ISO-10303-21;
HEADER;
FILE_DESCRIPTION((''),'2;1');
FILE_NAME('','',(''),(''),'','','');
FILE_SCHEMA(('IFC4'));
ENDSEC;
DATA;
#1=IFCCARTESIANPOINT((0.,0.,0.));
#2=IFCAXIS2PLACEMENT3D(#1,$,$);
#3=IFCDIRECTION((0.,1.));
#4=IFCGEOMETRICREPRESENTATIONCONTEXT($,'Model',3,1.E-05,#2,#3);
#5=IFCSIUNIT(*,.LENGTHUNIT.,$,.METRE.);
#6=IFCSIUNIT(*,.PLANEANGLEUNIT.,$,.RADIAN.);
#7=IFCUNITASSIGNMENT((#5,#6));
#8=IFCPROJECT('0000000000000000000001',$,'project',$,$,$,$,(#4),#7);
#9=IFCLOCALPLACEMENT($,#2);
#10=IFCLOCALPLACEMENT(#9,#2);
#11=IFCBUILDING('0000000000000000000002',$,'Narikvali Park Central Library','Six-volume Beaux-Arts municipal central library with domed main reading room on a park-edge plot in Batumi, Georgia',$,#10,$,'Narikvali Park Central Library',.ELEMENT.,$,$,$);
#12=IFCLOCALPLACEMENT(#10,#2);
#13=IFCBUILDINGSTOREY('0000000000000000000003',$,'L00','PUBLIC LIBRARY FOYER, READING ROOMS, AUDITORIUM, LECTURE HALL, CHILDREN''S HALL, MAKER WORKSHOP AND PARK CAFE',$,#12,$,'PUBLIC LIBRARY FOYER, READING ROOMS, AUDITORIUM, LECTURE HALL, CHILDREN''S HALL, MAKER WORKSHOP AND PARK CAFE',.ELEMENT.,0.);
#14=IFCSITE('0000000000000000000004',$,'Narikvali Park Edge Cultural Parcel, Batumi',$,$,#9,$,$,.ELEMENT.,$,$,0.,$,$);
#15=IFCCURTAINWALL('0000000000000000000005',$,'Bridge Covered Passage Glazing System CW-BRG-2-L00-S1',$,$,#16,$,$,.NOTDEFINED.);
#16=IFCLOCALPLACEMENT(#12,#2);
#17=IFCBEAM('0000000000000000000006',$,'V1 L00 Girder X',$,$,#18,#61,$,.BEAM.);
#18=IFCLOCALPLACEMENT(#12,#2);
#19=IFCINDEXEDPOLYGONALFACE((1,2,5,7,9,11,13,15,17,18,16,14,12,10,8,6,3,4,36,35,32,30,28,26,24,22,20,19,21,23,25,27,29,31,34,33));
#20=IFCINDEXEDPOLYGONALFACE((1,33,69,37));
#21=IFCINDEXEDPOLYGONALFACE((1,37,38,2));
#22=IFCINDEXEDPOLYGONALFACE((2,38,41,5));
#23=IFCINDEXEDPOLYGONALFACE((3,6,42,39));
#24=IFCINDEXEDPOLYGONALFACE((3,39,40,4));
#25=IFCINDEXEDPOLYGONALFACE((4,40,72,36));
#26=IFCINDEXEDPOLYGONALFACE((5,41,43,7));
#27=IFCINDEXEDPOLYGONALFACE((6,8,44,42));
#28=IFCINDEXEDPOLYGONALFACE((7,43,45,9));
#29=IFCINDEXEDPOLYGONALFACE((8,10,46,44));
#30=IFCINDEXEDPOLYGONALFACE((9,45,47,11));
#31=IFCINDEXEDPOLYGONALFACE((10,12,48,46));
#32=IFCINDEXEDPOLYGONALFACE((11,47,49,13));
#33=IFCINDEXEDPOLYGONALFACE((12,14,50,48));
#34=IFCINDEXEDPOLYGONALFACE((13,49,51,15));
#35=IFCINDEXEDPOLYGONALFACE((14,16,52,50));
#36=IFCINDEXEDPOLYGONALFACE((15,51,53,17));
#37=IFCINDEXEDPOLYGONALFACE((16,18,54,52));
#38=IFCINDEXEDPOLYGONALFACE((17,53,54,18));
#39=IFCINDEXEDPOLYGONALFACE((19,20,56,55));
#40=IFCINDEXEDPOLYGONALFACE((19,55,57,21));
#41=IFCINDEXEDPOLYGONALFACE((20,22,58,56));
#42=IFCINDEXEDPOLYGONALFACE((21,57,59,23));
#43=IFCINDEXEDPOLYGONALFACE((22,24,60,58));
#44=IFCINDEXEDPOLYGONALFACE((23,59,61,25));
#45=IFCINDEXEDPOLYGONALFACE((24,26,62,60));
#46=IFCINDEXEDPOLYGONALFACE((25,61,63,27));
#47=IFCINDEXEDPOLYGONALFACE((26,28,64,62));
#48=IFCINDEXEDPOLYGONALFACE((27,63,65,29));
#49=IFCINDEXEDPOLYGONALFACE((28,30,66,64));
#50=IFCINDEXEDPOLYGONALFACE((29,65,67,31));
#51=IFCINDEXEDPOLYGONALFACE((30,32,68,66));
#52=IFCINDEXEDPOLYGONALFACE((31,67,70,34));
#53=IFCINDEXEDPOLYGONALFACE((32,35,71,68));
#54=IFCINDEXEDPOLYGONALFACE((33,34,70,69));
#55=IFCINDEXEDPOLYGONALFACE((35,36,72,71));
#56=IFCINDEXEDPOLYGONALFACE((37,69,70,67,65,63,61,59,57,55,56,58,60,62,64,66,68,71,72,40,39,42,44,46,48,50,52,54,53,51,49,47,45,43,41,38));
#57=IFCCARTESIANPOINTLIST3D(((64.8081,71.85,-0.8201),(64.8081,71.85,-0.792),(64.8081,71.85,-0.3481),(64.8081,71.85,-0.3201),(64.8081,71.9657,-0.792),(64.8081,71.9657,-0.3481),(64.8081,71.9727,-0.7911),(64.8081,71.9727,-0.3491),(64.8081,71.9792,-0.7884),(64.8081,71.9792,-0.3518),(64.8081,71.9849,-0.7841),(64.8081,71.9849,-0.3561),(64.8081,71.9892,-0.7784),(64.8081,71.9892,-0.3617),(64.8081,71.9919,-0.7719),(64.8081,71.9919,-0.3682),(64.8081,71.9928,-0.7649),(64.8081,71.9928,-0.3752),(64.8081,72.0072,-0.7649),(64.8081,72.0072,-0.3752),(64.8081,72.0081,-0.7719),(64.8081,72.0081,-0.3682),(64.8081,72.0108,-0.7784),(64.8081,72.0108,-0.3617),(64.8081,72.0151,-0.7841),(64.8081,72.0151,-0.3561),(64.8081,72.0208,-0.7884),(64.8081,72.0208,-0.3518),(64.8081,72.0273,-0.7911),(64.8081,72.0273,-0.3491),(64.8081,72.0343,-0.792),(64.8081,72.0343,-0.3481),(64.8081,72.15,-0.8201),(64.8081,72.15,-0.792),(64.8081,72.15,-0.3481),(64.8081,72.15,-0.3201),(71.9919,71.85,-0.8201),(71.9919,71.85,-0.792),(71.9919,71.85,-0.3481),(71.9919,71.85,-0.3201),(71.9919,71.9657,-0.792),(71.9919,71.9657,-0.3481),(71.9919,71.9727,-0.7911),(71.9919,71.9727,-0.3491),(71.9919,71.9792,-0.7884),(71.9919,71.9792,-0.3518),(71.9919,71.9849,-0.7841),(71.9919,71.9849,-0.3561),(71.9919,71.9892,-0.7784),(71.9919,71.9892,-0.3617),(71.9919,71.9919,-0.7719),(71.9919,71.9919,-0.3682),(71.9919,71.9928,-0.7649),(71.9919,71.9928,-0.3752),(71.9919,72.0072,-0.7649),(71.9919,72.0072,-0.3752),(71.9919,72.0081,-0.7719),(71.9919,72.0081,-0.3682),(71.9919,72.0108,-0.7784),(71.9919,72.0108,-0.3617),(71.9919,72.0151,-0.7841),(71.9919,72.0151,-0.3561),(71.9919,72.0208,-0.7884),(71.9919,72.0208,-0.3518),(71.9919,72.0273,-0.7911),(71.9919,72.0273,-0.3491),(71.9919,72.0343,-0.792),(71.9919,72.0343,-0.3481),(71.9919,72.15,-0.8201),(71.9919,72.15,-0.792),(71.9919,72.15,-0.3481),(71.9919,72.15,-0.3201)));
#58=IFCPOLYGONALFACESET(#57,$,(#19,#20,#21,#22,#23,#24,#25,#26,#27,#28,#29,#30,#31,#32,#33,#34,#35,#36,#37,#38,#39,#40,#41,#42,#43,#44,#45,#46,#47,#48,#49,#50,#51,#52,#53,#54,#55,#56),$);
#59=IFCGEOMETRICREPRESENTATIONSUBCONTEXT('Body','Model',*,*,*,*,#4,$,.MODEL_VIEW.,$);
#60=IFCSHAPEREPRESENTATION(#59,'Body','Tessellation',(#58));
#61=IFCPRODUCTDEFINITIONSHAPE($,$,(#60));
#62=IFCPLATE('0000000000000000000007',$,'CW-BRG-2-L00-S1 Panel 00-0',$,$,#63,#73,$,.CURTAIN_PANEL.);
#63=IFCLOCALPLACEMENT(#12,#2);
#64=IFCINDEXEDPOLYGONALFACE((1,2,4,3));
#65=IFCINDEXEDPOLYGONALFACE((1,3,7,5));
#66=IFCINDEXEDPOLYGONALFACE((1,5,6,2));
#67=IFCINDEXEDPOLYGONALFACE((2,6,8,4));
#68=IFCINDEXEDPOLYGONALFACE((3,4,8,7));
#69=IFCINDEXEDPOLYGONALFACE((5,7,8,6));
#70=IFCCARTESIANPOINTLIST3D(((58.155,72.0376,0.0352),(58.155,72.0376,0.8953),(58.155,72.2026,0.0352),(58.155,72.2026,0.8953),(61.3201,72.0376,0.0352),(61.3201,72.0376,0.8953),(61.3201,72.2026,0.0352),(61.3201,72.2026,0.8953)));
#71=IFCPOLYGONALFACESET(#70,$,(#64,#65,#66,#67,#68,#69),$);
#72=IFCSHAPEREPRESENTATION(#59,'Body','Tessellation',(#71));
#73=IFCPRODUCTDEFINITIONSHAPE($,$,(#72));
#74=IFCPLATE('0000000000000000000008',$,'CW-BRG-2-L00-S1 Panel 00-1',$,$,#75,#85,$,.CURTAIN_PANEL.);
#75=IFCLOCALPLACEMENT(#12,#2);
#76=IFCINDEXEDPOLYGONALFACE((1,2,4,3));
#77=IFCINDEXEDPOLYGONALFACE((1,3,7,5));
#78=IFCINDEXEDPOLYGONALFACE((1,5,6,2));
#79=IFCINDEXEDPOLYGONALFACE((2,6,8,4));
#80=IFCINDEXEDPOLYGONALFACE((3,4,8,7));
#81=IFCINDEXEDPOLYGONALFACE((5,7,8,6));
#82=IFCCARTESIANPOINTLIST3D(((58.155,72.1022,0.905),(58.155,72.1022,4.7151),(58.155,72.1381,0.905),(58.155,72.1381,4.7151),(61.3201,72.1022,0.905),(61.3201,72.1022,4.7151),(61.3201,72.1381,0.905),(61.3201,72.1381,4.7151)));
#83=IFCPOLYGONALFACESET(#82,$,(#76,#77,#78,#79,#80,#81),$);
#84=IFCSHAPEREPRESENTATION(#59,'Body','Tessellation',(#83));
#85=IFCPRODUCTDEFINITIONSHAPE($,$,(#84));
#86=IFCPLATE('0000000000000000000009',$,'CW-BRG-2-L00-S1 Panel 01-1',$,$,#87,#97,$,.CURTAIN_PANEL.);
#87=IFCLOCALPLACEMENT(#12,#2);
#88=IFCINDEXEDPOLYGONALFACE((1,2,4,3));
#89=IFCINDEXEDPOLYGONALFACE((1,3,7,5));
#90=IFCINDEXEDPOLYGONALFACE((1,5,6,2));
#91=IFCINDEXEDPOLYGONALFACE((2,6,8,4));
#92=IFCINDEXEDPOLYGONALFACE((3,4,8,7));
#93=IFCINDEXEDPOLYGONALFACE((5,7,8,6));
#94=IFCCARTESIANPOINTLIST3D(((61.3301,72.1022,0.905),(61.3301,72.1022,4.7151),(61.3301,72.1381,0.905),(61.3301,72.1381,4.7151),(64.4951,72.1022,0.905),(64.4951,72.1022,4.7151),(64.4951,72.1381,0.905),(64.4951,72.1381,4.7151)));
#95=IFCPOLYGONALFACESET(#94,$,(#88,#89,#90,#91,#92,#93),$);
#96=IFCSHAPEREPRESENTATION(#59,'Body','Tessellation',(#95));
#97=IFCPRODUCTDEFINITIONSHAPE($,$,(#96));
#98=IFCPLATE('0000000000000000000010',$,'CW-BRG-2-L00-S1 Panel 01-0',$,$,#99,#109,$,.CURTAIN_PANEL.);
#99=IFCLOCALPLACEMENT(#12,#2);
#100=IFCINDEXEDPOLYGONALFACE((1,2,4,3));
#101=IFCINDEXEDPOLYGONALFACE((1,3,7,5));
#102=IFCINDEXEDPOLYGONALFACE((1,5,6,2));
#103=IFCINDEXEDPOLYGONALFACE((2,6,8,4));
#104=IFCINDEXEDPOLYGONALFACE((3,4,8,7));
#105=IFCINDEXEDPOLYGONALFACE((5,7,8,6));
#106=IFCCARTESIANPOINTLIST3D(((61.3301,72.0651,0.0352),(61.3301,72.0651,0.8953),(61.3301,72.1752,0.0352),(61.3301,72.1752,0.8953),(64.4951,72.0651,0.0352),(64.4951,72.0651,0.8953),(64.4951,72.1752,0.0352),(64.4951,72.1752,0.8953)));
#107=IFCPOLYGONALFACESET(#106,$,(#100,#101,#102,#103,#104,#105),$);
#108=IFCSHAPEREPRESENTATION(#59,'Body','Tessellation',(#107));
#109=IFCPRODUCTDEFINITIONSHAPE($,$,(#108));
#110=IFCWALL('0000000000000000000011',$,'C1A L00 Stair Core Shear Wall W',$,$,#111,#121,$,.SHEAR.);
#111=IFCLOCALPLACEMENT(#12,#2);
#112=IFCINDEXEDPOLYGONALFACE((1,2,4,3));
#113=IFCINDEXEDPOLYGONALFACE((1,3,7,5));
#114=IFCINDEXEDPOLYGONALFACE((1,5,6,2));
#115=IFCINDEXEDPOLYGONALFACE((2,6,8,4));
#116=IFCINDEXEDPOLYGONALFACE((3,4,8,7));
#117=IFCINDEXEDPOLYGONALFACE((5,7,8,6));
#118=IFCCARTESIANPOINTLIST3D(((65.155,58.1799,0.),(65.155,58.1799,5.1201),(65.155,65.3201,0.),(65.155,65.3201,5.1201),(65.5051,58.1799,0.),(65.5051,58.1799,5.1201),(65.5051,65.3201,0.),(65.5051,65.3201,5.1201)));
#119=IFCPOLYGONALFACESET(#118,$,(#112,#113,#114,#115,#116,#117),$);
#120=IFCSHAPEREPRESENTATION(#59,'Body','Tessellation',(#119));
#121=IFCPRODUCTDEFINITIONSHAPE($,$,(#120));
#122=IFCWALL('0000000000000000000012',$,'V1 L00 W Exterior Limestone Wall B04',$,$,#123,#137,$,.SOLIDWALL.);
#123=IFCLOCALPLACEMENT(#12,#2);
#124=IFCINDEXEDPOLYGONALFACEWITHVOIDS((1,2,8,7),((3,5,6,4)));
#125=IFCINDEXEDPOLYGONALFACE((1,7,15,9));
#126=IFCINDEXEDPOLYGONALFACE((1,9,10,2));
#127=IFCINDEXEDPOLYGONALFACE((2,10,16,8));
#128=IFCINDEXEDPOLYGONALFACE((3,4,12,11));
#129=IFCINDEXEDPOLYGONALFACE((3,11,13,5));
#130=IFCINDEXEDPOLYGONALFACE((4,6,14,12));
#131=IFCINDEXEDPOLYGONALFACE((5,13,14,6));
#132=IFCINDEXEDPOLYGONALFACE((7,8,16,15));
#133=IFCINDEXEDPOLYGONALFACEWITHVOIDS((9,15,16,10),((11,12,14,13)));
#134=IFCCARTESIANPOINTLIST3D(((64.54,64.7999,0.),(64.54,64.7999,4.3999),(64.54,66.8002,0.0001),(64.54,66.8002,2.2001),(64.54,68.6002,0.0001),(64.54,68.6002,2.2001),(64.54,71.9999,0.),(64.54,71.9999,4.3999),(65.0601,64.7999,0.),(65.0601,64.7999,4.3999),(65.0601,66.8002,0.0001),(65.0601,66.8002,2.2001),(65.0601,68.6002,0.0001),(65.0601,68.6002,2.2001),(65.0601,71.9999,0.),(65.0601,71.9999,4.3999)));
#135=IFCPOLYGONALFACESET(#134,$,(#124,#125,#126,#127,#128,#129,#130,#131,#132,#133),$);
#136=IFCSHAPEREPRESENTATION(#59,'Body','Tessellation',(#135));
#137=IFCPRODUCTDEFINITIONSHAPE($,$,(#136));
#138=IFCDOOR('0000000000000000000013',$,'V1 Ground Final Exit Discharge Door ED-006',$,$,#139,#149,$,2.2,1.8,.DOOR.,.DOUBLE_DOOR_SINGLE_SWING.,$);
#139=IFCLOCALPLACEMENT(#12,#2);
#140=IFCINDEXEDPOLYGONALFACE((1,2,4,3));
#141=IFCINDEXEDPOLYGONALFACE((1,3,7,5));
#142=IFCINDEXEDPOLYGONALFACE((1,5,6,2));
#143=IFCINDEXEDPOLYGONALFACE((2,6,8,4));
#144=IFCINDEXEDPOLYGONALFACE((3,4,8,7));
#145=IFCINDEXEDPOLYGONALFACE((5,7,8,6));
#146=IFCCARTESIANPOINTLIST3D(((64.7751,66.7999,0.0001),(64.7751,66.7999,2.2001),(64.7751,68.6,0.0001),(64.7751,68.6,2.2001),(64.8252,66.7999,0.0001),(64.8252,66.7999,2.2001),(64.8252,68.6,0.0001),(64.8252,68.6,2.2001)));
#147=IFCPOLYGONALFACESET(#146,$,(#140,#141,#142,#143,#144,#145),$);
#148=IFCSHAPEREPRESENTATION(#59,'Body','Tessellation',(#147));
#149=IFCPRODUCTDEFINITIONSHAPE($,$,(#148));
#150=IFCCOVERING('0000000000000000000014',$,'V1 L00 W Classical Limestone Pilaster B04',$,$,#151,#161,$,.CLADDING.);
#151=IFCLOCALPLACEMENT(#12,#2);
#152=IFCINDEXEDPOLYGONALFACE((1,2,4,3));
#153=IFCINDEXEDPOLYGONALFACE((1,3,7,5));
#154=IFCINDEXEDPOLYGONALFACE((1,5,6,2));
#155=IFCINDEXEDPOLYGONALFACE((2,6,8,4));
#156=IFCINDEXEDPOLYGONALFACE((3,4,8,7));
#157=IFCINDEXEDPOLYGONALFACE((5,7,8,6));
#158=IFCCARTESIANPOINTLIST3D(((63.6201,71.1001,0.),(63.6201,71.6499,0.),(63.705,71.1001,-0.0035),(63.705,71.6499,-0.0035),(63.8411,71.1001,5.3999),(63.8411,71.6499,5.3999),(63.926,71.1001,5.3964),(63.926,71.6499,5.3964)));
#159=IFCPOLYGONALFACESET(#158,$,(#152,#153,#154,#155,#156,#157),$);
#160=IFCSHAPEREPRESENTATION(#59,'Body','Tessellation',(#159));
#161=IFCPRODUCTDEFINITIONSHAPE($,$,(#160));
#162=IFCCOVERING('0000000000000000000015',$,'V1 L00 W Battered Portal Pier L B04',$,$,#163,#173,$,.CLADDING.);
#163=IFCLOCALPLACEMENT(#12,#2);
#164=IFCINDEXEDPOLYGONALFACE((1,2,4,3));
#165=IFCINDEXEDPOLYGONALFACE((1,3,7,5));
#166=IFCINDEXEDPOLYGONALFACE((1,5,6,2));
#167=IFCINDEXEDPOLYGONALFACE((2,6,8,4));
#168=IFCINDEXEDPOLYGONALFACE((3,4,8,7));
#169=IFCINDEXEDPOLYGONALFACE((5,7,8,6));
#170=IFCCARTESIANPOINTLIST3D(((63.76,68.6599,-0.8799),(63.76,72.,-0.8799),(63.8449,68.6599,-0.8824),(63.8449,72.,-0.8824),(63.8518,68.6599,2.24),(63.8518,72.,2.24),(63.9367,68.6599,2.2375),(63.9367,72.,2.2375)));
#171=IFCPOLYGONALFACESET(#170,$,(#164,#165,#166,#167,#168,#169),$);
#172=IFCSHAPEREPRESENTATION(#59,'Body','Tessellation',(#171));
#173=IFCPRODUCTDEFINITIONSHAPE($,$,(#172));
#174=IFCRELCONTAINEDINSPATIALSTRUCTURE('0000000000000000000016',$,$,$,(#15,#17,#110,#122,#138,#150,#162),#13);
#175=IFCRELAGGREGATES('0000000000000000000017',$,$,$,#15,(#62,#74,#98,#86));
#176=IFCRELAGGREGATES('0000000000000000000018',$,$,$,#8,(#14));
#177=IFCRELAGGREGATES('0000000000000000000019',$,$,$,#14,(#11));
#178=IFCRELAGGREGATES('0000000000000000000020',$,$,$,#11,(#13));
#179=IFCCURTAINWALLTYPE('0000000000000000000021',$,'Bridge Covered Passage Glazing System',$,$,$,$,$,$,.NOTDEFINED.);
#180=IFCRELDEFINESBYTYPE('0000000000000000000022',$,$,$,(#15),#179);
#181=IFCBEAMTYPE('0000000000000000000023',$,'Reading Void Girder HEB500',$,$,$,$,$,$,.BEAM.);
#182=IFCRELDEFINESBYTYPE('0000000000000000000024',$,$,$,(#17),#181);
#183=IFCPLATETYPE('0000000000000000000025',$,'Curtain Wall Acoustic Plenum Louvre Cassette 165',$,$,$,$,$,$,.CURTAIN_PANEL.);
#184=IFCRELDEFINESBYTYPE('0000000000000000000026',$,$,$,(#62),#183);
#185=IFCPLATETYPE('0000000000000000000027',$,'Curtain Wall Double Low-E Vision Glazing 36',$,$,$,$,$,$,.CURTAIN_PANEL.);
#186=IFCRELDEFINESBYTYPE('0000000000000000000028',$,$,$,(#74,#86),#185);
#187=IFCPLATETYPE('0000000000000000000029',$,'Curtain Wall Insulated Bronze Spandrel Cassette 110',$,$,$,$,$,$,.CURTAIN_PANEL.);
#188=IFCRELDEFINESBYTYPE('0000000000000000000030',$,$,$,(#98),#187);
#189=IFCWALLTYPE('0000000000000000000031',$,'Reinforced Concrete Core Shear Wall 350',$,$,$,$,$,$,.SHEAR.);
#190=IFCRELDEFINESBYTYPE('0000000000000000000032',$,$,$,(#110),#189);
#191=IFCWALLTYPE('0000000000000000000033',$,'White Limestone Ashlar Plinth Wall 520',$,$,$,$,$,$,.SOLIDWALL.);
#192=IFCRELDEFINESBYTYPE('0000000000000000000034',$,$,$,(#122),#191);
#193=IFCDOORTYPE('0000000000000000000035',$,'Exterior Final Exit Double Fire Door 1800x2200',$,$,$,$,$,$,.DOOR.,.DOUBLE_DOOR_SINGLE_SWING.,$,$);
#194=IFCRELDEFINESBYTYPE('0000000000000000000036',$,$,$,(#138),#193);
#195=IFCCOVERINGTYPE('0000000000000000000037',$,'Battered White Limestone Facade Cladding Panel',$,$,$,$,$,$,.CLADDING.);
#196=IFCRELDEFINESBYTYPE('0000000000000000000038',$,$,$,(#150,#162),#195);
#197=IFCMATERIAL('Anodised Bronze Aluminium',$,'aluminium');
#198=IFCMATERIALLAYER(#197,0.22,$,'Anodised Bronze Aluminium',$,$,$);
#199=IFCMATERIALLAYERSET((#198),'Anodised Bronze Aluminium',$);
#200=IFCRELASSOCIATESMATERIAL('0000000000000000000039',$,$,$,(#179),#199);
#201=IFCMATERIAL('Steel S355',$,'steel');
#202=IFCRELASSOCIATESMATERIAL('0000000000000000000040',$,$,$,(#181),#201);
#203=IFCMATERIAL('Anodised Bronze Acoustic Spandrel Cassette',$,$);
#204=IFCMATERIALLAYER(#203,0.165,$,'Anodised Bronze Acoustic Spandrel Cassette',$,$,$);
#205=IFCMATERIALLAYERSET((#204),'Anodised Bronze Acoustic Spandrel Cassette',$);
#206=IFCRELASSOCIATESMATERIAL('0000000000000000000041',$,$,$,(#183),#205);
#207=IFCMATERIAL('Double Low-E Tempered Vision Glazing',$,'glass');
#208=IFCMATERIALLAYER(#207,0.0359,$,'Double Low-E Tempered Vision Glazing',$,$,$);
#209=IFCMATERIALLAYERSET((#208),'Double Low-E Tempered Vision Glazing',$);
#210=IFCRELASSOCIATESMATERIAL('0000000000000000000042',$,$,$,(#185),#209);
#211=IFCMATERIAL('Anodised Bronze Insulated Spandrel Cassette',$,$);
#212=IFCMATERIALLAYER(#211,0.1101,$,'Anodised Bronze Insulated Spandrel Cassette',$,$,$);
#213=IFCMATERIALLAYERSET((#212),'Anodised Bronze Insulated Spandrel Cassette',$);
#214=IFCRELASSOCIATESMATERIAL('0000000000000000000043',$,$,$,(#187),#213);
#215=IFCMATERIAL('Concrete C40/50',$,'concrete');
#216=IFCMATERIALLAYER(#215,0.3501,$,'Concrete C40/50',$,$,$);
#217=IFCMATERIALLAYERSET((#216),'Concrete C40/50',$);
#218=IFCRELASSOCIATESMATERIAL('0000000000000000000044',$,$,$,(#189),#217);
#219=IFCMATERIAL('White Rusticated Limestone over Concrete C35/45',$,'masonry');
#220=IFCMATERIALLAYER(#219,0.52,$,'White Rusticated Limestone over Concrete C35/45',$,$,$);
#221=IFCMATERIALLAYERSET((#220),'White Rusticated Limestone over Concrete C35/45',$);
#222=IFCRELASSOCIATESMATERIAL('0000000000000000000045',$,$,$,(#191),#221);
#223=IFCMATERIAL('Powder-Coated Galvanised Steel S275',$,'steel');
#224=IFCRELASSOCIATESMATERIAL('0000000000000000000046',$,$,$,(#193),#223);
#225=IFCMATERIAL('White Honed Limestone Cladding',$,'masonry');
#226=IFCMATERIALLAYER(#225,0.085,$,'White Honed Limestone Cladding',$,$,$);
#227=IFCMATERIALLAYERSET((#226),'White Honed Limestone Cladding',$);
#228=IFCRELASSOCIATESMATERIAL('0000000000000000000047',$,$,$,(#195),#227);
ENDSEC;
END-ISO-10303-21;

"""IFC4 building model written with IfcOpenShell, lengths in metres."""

from ifc_helpers import new_model, si_unit, direction, frame, frame_2d, origin, origin_2d, place, context, subcontext, project, spatial, polyline, rectangle, i_section, outline, extrude, material, layer, layer_set, material_profile, profile_set, type_object, element, fill, aggregate, save


model = new_model("IFC4")

# Units and contexts
model_context = context("Model", 3, precision=1e-05, world=origin(), true_north=direction((0.0, 1.0)))
body_context = subcontext(model_context, "Body", "Model", "MODEL_VIEW")
ifc_project = project(units=[si_unit("LENGTHUNIT", "METRE"), si_unit("PLANEANGLEUNIT", "RADIAN")], contexts=[model_context])

# Site, building, storey
site_placement = place(None, origin())
site = spatial("IfcSite", under=ifc_project, at=site_placement, Name="Narikvali Park Edge Cultural Parcel, Batumi", CompositionType="ELEMENT", RefElevation=0.0)
building_placement = place(site_placement, origin())
building = spatial("IfcBuilding", under=site, at=building_placement, Name="Narikvali Park Central Library", Description="Six-volume Beaux-Arts municipal central library with domed main reading room on a park-edge plot in Batumi, Georgia", LongName="Narikvali Park Central Library", CompositionType="ELEMENT")
storey_placement = place(building_placement, origin())
storey = spatial("IfcBuildingStorey", under=building, at=storey_placement, Name="L00", Description="PUBLIC LIBRARY FOYER, READING ROOMS, AUDITORIUM, LECTURE HALL, CHILDREN'S HALL, MAKER WORKSHOP AND PARK CAFE", LongName="PUBLIC LIBRARY FOYER, READING ROOMS, AUDITORIUM, LECTURE HALL, CHILDREN'S HALL, MAKER WORKSHOP AND PARK CAFE", CompositionType="ELEMENT", Elevation=0.0)

# Shared definitions
ifc_material_1 = material(Name="Steel S355", Category="steel")

# Curtain wall
ifc_material_2 = material(Name="Anodised Bronze Aluminium", Category="aluminium")
ifc_layer_1 = layer(ifc_material_2, 0.22, Name="Anodised Bronze Aluminium")
ifc_layer_set_1 = layer_set([ifc_layer_1], Name="Anodised Bronze Aluminium")
curtain_wall_type = type_object("IfcCurtainWallType", Name="Bridge Covered Passage Glazing System", PredefinedType="NOTDEFINED", material=ifc_layer_set_1)
curtain_wall_placement = place(storey_placement, origin())
curtain_wall = element("IfcCurtainWall", 1, at=curtain_wall_placement, inside=storey, type_object=curtain_wall_type, Name="Bridge Covered Passage Glazing System CW-BRG-2-L00-S1", PredefinedType="NOTDEFINED")

# Beam
ifc_material_profile_1 = material_profile(ifc_material_1, i_section(OverallWidth=0.3, OverallDepth=0.5, WebThickness=0.0144, FlangeThickness=0.0281, FilletRadius=0.0271, at=origin_2d()), Name="HEB 500")
ifc_profile_set_1 = profile_set([ifc_material_profile_1], Name="Steel S355")
beam_type_1 = type_object("IfcBeamType", Name="Reading Void Girder HEB500", PredefinedType="BEAM", material=ifc_profile_set_1)
for number, where, z_axis, x_axis, name in (
    (2, (64.8081, 72.0, -0.5701), (1.0, 0.0, 0.0), (0.0, 1.0, 0.0), "V1 L00 Girder X"),
):
    element("IfcBeam", number, at=place(storey_placement, frame(where, z_axis=z_axis, x_axis=x_axis)), inside=storey, type_object=beam_type_1, Name=name, PredefinedType="BEAM", context=body_context, shape_type="SweptSolid", body=[
        extrude(i_section(OverallWidth=0.3, OverallDepth=0.5, WebThickness=0.0144, FlangeThickness=0.0281, FilletRadius=0.0271, at=origin_2d()), origin(), (0.0, 0.0, 1.0), 7.1838),
    ])

# Plates
ifc_material_3 = material(Name="Anodised Bronze Acoustic Spandrel Cassette")
ifc_layer_2 = layer(ifc_material_3, 0.165, Name="Anodised Bronze Acoustic Spandrel Cassette")
ifc_layer_set_2 = layer_set([ifc_layer_2], Name="Anodised Bronze Acoustic Spandrel Cassette")
plate_type_1 = type_object("IfcPlateType", Name="Curtain Wall Acoustic Plenum Louvre Cassette 165", PredefinedType="CURTAIN_PANEL", material=ifc_layer_set_2)
plate_1_placement = place(storey_placement, frame((59.7375, 72.1201, 0.0352), z_axis=(0.0, 0.0, 1.0), x_axis=(1.0, 0.0, 0.0)))
plate_1 = element("IfcPlate", 3, at=plate_1_placement, type_object=plate_type_1, Name="CW-BRG-2-L00-S1 Panel 00-0", PredefinedType="CURTAIN_PANEL", context=body_context, shape_type="SweptSolid", body=[
    extrude(rectangle(XDim=3.165, YDim=0.165, at=origin_2d()), origin(), (0.0, 0.0, 1.0), 0.8601),
])
ifc_material_4 = material(Name="Double Low-E Tempered Vision Glazing", Category="glass")
ifc_layer_3 = layer(ifc_material_4, 0.0359, Name="Double Low-E Tempered Vision Glazing")
ifc_layer_set_3 = layer_set([ifc_layer_3], Name="Double Low-E Tempered Vision Glazing")
plate_type_2 = type_object("IfcPlateType", Name="Curtain Wall Double Low-E Vision Glazing 36", PredefinedType="CURTAIN_PANEL", material=ifc_layer_set_3)
plate_2_placement = place(storey_placement, frame((59.7375, 72.1201, 0.905), z_axis=(0.0, 0.0, 1.0), x_axis=(1.0, 0.0, 0.0)))
plate_2 = element("IfcPlate", 4, at=plate_2_placement, type_object=plate_type_2, Name="CW-BRG-2-L00-S1 Panel 00-1", PredefinedType="CURTAIN_PANEL", context=body_context, shape_type="SweptSolid", body=[
    extrude(rectangle(XDim=3.165, YDim=0.0359, at=origin_2d()), origin(), (0.0, 0.0, 1.0), 3.8101),
])
plate_3_placement = place(storey_placement, frame((62.9126, 72.1201, 0.905), z_axis=(0.0, 0.0, 1.0), x_axis=(1.0, 0.0, 0.0)))
plate_3 = element("IfcPlate", 5, at=plate_3_placement, type_object=plate_type_2, Name="CW-BRG-2-L00-S1 Panel 01-1", PredefinedType="CURTAIN_PANEL", context=body_context, shape_type="SweptSolid", body=[
    extrude(rectangle(XDim=3.165, YDim=0.0359, at=origin_2d()), origin(), (0.0, 0.0, 1.0), 3.8101),
])
ifc_material_5 = material(Name="Anodised Bronze Insulated Spandrel Cassette")
ifc_layer_4 = layer(ifc_material_5, 0.1101, Name="Anodised Bronze Insulated Spandrel Cassette")
ifc_layer_set_4 = layer_set([ifc_layer_4], Name="Anodised Bronze Insulated Spandrel Cassette")
plate_type_3 = type_object("IfcPlateType", Name="Curtain Wall Insulated Bronze Spandrel Cassette 110", PredefinedType="CURTAIN_PANEL", material=ifc_layer_set_4)
plate_4_placement = place(storey_placement, frame((62.9126, 72.1201, 0.0352), z_axis=(0.0, 0.0, 1.0), x_axis=(1.0, 0.0, 0.0)))
plate_4 = element("IfcPlate", 6, at=plate_4_placement, type_object=plate_type_3, Name="CW-BRG-2-L00-S1 Panel 01-0", PredefinedType="CURTAIN_PANEL", context=body_context, shape_type="SweptSolid", body=[
    extrude(rectangle(XDim=3.165, YDim=0.1101, at=origin_2d()), origin(), (0.0, 0.0, 1.0), 0.8601),
])
aggregate(curtain_wall, [plate_1, plate_2, plate_4, plate_3])

# Wall
ifc_material_6 = material(Name="Concrete C40/50", Category="concrete")
ifc_layer_5 = layer(ifc_material_6, 0.3501, Name="Concrete C40/50")
ifc_layer_set_5 = layer_set([ifc_layer_5], Name="Concrete C40/50")
wall_type_1 = type_object("IfcWallType", Name="Reinforced Concrete Core Shear Wall 350", PredefinedType="SHEAR", material=ifc_layer_set_5)
wall_1_placement = place(storey_placement, frame((65.3301, 65.3201, 0.0), z_axis=(0.0, 0.0, 1.0), x_axis=(0.0, -1.0, 0.0)))
element("IfcWall", 7, at=wall_1_placement, inside=storey, type_object=wall_type_1, Name="C1A L00 Stair Core Shear Wall W", PredefinedType="SHEAR", context=body_context, shape_type="SweptSolid", body=[
    extrude(rectangle(XDim=7.1401, YDim=0.3501, at=frame_2d((3.5701, 0.0))), origin(), (0.0, 0.0, 1.0), 5.1201),
])

# Wall, opening, door
ifc_material_7 = material(Name="White Rusticated Limestone over Concrete C35/45", Category="masonry")
ifc_layer_6 = layer(ifc_material_7, 0.52, Name="White Rusticated Limestone over Concrete C35/45")
ifc_layer_set_6 = layer_set([ifc_layer_6], Name="White Rusticated Limestone over Concrete C35/45")
wall_type_2 = type_object("IfcWallType", Name="White Limestone Ashlar Plinth Wall 520", PredefinedType="SOLIDWALL", material=ifc_layer_set_6)
wall_2_placement = place(storey_placement, frame((64.8, 72.0, 0.0), z_axis=(0.0, 0.0, 1.0), x_axis=(0.0, -1.0, 0.0)))
wall_2 = element("IfcWall", 8, at=wall_2_placement, inside=storey, type_object=wall_type_2, Name="V1 L00 W Exterior Limestone Wall B04", PredefinedType="SOLIDWALL", context=body_context, shape_type="SweptSolid", body=[
    extrude(rectangle(XDim=7.2, YDim=0.52, at=frame_2d((3.6001, 0.0))), origin(), (0.0, 0.0, 1.0), 4.3999),
])
opening_placement = place(wall_2_placement, frame((3.3999, 0.0, 0.0)))
opening = element("IfcOpeningElement", 9, at=opening_placement, cuts=wall_2, PredefinedType="OPENING", context=body_context, shape_type="SweptSolid", body=[
    extrude(rectangle(XDim=1.8, YDim=2.2, at=frame_2d((0.8999, 1.1001))), frame((0.0, 0.272, 0.0), z_axis=(0.0, -1.0, 0.0), x_axis=(1.0, 0.0, 0.0)), (0.0, 0.0, 1.0), 0.5439),
])
ifc_material_8 = material(Name="Powder-Coated Galvanised Steel S275", Category="steel")
door_type = type_object("IfcDoorType", Name="Exterior Final Exit Double Fire Door 1800x2200", OperationType="DOUBLE_DOOR_SINGLE_SWING", PredefinedType="DOOR", material=ifc_material_8)
door_placement = place(opening_placement, frame((1.8, 0.0, 0.0), z_axis=(0.0, 0.0, 1.0), x_axis=(-1.0, 0.0, 0.0)))
door = element("IfcDoor", 10, at=door_placement, inside=storey, type_object=door_type, Name="V1 Ground Final Exit Discharge Door ED-006", OperationType="DOUBLE_DOOR_SINGLE_SWING", OverallHeight=2.2, OverallWidth=1.8, PredefinedType="DOOR", context=body_context, shape_type="SweptSolid", body=[
    extrude(rectangle(XDim=1.8, YDim=2.2, at=frame_2d((0.8999, 1.1001))), frame((0.0, 0.0249, 0.0), z_axis=(0.0, -1.0, 0.0), x_axis=(1.0, 0.0, 0.0)), (0.0, 0.0, 1.0), 0.05),
])
fill(opening, door)

# Coverings
ifc_material_9 = material(Name="White Honed Limestone Cladding", Category="masonry")
ifc_layer_7 = layer(ifc_material_9, 0.085, Name="White Honed Limestone Cladding")
ifc_layer_set_7 = layer_set([ifc_layer_7], Name="White Honed Limestone Cladding")
covering_type = type_object("IfcCoveringType", Name="Battered White Limestone Facade Cladding Panel", PredefinedType="CLADDING", material=ifc_layer_set_7)
covering_1_placement = place(storey_placement, frame((63.6201, 71.6499, 0.0), z_axis=(-0.999164, 0.0, 0.040883), x_axis=(0.0, -1.0, 0.0)))
element("IfcCovering", 11, at=covering_1_placement, inside=storey, type_object=covering_type, Name="V1 L00 W Classical Limestone Pilaster B04", PredefinedType="CLADDING", context=body_context, shape_type="SweptSolid", body=[
    extrude(outline(polyline([(0.0, 0.0), (0.5498, 0.0), (0.5498, 5.4044), (0.0, 5.4044), (0.0, 0.0)])), origin(), (0.0, 0.0, -1.0), 0.085),
])
covering_2_placement = place(storey_placement, frame((63.76, 72.0, -0.8799), z_axis=(-0.999567, 0.0, 0.029411), x_axis=(0.0, -1.0, 0.0)))
element("IfcCovering", 12, at=covering_2_placement, inside=storey, type_object=covering_type, Name="V1 L00 W Battered Portal Pier L B04", PredefinedType="CLADDING", context=body_context, shape_type="SweptSolid", body=[
    extrude(outline(polyline([(0.0, 0.0), (3.3401, 0.0), (3.3401, 3.1212), (0.0, 3.1212), (0.0, 0.0)])), origin(), (0.0, 0.0, -1.0), 0.085),
])

save(model, "model.ifc")
